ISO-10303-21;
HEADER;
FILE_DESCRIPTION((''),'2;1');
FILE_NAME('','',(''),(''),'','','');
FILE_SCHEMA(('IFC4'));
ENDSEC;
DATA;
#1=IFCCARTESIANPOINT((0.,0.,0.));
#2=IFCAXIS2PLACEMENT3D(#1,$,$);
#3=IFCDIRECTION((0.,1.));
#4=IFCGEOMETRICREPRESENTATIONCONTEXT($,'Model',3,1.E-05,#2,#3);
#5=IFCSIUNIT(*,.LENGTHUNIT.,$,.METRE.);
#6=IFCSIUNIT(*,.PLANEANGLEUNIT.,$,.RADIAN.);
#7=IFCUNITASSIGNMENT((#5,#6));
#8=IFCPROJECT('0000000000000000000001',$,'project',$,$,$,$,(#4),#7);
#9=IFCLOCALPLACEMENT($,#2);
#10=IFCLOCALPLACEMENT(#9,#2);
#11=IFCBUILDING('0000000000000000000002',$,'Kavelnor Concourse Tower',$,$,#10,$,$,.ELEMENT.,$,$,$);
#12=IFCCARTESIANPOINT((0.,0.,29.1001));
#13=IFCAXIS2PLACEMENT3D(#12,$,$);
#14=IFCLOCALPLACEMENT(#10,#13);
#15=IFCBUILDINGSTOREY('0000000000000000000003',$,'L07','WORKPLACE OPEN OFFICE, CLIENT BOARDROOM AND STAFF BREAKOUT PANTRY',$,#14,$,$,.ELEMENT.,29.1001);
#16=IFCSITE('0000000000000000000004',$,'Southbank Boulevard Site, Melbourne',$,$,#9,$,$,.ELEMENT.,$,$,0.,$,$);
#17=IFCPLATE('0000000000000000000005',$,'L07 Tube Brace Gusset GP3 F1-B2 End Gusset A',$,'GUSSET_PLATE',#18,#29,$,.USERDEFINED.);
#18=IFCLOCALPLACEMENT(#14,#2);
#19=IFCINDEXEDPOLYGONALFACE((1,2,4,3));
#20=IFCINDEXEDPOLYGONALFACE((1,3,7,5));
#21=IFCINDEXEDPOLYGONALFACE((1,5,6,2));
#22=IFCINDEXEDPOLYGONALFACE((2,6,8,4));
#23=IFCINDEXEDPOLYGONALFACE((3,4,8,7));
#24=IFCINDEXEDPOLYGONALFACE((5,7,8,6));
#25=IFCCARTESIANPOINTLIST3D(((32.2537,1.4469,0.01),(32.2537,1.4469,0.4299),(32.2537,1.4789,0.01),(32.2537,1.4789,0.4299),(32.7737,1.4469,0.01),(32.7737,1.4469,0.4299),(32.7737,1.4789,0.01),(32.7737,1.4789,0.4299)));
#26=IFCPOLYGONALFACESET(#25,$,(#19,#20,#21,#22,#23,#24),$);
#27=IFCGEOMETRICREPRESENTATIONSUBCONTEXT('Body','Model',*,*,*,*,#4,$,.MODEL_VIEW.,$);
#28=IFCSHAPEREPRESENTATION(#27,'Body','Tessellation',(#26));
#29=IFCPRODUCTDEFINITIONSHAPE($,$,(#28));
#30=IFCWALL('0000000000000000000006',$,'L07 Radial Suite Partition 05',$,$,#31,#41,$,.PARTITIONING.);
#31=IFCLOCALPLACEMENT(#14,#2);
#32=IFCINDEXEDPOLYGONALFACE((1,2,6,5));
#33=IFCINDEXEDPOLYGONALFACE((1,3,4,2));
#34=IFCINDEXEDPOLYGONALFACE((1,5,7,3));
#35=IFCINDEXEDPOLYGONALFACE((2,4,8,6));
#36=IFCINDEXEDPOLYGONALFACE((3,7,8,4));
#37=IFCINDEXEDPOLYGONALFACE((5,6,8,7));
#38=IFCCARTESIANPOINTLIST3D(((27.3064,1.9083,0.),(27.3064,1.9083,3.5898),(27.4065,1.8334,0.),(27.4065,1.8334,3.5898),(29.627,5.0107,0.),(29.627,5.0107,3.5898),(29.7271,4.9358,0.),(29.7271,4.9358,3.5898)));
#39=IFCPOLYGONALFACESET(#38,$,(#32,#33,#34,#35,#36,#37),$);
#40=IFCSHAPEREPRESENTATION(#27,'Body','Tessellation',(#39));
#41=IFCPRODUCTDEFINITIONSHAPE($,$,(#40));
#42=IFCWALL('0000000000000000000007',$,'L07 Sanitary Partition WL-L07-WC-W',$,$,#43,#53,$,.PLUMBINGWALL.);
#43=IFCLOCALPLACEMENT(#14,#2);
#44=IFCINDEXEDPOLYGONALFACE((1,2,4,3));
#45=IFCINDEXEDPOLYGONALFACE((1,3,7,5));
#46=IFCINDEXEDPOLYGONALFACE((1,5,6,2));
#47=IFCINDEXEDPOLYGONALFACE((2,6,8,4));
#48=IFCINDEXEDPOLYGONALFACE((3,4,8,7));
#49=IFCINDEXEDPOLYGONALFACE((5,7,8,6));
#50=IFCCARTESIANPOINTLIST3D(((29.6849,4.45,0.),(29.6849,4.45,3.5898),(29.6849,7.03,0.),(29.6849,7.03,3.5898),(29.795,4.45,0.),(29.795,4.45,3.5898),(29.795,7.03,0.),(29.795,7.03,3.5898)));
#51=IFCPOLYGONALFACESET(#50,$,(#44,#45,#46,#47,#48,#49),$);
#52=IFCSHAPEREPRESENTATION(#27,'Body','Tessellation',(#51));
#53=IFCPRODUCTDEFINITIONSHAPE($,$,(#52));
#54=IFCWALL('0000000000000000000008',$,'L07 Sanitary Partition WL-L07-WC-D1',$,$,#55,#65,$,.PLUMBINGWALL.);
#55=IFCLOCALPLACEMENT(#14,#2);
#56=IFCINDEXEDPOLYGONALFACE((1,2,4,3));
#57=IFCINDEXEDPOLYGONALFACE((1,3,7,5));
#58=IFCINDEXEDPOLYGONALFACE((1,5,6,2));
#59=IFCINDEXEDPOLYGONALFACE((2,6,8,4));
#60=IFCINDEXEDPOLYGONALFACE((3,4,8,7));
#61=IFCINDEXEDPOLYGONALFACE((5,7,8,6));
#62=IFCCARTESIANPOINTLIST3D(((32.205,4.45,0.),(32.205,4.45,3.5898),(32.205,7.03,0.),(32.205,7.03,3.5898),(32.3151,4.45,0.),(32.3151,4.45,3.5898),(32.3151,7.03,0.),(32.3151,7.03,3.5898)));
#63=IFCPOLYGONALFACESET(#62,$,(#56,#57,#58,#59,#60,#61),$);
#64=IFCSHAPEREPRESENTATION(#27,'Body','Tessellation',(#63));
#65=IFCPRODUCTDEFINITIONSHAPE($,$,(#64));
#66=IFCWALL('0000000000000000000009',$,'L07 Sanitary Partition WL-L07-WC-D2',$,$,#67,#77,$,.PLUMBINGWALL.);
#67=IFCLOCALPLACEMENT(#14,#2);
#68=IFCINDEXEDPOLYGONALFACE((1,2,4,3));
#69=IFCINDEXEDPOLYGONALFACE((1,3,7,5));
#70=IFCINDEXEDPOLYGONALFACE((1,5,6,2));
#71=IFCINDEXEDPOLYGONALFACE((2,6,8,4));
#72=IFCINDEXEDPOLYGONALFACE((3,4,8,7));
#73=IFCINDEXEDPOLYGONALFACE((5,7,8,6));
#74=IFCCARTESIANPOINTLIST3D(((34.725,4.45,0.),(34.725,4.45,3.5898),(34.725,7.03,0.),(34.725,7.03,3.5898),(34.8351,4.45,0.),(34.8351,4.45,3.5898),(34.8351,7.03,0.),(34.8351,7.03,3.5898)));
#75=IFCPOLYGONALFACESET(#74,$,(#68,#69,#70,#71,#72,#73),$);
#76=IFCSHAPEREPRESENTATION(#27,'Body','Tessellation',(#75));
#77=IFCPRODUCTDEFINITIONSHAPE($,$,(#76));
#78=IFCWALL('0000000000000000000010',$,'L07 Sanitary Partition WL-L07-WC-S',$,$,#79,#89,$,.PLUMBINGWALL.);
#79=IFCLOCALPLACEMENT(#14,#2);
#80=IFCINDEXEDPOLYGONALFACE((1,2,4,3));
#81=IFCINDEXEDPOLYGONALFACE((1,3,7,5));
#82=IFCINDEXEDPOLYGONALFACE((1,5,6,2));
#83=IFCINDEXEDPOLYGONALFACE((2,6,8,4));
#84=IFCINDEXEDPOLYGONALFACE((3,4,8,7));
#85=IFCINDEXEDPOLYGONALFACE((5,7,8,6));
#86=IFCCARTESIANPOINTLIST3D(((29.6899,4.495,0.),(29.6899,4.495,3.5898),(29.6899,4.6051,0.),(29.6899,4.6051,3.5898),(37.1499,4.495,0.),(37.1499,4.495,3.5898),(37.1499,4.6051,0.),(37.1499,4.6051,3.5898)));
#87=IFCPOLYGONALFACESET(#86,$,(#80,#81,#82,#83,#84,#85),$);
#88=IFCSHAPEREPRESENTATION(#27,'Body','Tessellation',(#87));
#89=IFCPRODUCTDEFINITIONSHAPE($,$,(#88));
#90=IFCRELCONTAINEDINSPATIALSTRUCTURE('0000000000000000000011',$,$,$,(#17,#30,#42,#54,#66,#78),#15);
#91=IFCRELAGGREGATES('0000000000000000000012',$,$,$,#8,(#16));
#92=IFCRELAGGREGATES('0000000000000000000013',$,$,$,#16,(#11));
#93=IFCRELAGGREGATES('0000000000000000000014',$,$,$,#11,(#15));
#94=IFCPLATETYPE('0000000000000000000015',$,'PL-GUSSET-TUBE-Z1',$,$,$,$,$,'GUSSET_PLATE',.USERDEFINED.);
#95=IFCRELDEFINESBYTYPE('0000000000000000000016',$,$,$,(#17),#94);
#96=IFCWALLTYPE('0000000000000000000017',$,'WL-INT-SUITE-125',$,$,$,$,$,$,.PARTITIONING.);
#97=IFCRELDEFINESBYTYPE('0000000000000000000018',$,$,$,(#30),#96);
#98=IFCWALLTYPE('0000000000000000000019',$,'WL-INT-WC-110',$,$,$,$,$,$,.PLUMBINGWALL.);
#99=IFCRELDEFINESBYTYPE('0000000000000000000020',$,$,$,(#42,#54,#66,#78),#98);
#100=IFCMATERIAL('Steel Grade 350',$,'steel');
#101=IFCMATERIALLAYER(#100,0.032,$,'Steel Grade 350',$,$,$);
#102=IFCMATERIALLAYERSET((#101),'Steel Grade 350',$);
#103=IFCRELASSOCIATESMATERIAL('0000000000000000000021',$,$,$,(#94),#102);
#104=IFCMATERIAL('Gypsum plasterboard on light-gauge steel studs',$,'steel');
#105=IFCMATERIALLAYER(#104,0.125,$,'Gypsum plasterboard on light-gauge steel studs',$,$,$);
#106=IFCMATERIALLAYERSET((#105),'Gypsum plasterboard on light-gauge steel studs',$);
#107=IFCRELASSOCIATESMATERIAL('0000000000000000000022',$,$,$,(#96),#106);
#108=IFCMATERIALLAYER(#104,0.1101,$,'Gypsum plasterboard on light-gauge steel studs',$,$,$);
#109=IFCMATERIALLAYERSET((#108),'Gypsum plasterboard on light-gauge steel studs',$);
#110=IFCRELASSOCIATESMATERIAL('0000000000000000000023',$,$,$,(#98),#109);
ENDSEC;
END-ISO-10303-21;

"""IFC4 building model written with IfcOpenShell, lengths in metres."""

from ifc_helpers import new_model, si_unit, direction, frame, frame_2d, origin, origin_2d, place, context, subcontext, project, spatial, rectangle, extrude, material, layer, layer_set, type_object, element, save


model = new_model("IFC4")

# Units and contexts
model_context = context("Model", 3, precision=1e-05, world=origin(), true_north=direction((0.0, 1.0)))
body_context = subcontext(model_context, "Body", "Model", "MODEL_VIEW")
ifc_project = project(units=[si_unit("LENGTHUNIT", "METRE"), si_unit("PLANEANGLEUNIT", "RADIAN")], contexts=[model_context])

# Site, building, storey
site_placement = place(None, origin())
site = spatial("IfcSite", under=ifc_project, at=site_placement, Name="Southbank Boulevard Site, Melbourne", CompositionType="ELEMENT", RefElevation=0.0)
building_placement = place(site_placement, origin())
building = spatial("IfcBuilding", under=site, at=building_placement, Name="Kavelnor Concourse Tower", CompositionType="ELEMENT")
storey_placement = place(building_placement, frame((0.0, 0.0, 29.1001)))
storey = spatial("IfcBuildingStorey", under=building, at=storey_placement, Name="L07", Description="WORKPLACE OPEN OFFICE, CLIENT BOARDROOM AND STAFF BREAKOUT PANTRY", CompositionType="ELEMENT", Elevation=29.1001)

# Shared definitions
ifc_material_1 = material(Name="Steel Grade 350", Category="steel")

# Plate
ifc_layer_1 = layer(ifc_material_1, 0.032, Name="Steel Grade 350")
ifc_layer_set_1 = layer_set([ifc_layer_1], Name="Steel Grade 350")
plate_type = type_object("IfcPlateType", Name="PL-GUSSET-TUBE-Z1", ElementType="GUSSET_PLATE", PredefinedType="USERDEFINED", material=ifc_layer_set_1)
plate_placement = place(storey_placement, frame((32.5137, 1.4629, 0.01), z_axis=(0.0, 0.0, 1.0), x_axis=(1.0, 0.0, 0.0)))
element("IfcPlate", 1, at=plate_placement, inside=storey, type_object=plate_type, Name="L07 Tube Brace Gusset GP3 F1-B2 End Gusset A", ObjectType="GUSSET_PLATE", PredefinedType="USERDEFINED", context=body_context, shape_type="SweptSolid", body=[
    extrude(rectangle(XDim=0.52, YDim=0.032, at=origin_2d()), origin(), (0.0, 0.0, 1.0), 0.4199),
])

# Walls
ifc_material_2 = material(Name="Gypsum plasterboard on light-gauge steel studs", Category="steel")
ifc_layer_2 = layer(ifc_material_2, 0.125, Name="Gypsum plasterboard on light-gauge steel studs")
ifc_layer_set_2 = layer_set([ifc_layer_2], Name="Gypsum plasterboard on light-gauge steel studs")
wall_type_1 = type_object("IfcWallType", Name="WL-INT-SUITE-125", PredefinedType="PARTITIONING", material=ifc_layer_set_2)
wall_1_placement = place(storey_placement, frame((29.677, 4.9731, 0.0), z_axis=(0.0, 0.0, 1.0), x_axis=(-0.598981, -0.800763, 0.0)))
element("IfcWall", 2, at=wall_1_placement, inside=storey, type_object=wall_type_1, Name="L07 Radial Suite Partition 05", PredefinedType="PARTITIONING", context=body_context, shape_type="SweptSolid", body=[
    extrude(rectangle(XDim=3.8743, YDim=0.125, at=frame_2d((1.937, 0.0))), origin(), (0.0, 0.0, 1.0), 3.5898),
])
ifc_layer_3 = layer(ifc_material_2, 0.1101, Name="Gypsum plasterboard on light-gauge steel studs")
ifc_layer_set_3 = layer_set([ifc_layer_3], Name="Gypsum plasterboard on light-gauge steel studs")
wall_type_2 = type_object("IfcWallType", Name="WL-INT-WC-110", PredefinedType="PLUMBINGWALL", material=ifc_layer_set_3)
for number, where, z_axis, x_axis, name in (
    (3, (29.74, 4.45, 0.0), (0.0, 0.0, 1.0), (0.0, 1.0, 0.0), "L07 Sanitary Partition WL-L07-WC-W"),
    (4, (32.26, 4.45, 0.0), (0.0, 0.0, 1.0), (0.0, 1.0, 0.0), "L07 Sanitary Partition WL-L07-WC-D1"),
    (5, (34.78, 4.45, 0.0), (0.0, 0.0, 1.0), (0.0, 1.0, 0.0), "L07 Sanitary Partition WL-L07-WC-D2"),
):
    element("IfcWall", number, at=place(storey_placement, frame(where, z_axis=z_axis, x_axis=x_axis)), inside=storey, type_object=wall_type_2, Name=name, PredefinedType="PLUMBINGWALL", context=body_context, shape_type="SweptSolid", body=[
        extrude(rectangle(XDim=2.5801, YDim=0.1101, at=frame_2d((1.29, 0.0))), origin(), (0.0, 0.0, 1.0), 3.5898),
    ])
wall_2_placement = place(storey_placement, frame((29.6899, 4.55, 0.0), z_axis=(0.0, 0.0, 1.0), x_axis=(1.0, 0.0, 0.0)))
element("IfcWall", 6, at=wall_2_placement, inside=storey, type_object=wall_type_2, Name="L07 Sanitary Partition WL-L07-WC-S", PredefinedType="PLUMBINGWALL", context=body_context, shape_type="SweptSolid", body=[
    extrude(rectangle(XDim=7.46, YDim=0.1101, at=frame_2d((3.73, 0.0))), origin(), (0.0, 0.0, 1.0), 3.5898),
])

save(model, "model.ifc")
